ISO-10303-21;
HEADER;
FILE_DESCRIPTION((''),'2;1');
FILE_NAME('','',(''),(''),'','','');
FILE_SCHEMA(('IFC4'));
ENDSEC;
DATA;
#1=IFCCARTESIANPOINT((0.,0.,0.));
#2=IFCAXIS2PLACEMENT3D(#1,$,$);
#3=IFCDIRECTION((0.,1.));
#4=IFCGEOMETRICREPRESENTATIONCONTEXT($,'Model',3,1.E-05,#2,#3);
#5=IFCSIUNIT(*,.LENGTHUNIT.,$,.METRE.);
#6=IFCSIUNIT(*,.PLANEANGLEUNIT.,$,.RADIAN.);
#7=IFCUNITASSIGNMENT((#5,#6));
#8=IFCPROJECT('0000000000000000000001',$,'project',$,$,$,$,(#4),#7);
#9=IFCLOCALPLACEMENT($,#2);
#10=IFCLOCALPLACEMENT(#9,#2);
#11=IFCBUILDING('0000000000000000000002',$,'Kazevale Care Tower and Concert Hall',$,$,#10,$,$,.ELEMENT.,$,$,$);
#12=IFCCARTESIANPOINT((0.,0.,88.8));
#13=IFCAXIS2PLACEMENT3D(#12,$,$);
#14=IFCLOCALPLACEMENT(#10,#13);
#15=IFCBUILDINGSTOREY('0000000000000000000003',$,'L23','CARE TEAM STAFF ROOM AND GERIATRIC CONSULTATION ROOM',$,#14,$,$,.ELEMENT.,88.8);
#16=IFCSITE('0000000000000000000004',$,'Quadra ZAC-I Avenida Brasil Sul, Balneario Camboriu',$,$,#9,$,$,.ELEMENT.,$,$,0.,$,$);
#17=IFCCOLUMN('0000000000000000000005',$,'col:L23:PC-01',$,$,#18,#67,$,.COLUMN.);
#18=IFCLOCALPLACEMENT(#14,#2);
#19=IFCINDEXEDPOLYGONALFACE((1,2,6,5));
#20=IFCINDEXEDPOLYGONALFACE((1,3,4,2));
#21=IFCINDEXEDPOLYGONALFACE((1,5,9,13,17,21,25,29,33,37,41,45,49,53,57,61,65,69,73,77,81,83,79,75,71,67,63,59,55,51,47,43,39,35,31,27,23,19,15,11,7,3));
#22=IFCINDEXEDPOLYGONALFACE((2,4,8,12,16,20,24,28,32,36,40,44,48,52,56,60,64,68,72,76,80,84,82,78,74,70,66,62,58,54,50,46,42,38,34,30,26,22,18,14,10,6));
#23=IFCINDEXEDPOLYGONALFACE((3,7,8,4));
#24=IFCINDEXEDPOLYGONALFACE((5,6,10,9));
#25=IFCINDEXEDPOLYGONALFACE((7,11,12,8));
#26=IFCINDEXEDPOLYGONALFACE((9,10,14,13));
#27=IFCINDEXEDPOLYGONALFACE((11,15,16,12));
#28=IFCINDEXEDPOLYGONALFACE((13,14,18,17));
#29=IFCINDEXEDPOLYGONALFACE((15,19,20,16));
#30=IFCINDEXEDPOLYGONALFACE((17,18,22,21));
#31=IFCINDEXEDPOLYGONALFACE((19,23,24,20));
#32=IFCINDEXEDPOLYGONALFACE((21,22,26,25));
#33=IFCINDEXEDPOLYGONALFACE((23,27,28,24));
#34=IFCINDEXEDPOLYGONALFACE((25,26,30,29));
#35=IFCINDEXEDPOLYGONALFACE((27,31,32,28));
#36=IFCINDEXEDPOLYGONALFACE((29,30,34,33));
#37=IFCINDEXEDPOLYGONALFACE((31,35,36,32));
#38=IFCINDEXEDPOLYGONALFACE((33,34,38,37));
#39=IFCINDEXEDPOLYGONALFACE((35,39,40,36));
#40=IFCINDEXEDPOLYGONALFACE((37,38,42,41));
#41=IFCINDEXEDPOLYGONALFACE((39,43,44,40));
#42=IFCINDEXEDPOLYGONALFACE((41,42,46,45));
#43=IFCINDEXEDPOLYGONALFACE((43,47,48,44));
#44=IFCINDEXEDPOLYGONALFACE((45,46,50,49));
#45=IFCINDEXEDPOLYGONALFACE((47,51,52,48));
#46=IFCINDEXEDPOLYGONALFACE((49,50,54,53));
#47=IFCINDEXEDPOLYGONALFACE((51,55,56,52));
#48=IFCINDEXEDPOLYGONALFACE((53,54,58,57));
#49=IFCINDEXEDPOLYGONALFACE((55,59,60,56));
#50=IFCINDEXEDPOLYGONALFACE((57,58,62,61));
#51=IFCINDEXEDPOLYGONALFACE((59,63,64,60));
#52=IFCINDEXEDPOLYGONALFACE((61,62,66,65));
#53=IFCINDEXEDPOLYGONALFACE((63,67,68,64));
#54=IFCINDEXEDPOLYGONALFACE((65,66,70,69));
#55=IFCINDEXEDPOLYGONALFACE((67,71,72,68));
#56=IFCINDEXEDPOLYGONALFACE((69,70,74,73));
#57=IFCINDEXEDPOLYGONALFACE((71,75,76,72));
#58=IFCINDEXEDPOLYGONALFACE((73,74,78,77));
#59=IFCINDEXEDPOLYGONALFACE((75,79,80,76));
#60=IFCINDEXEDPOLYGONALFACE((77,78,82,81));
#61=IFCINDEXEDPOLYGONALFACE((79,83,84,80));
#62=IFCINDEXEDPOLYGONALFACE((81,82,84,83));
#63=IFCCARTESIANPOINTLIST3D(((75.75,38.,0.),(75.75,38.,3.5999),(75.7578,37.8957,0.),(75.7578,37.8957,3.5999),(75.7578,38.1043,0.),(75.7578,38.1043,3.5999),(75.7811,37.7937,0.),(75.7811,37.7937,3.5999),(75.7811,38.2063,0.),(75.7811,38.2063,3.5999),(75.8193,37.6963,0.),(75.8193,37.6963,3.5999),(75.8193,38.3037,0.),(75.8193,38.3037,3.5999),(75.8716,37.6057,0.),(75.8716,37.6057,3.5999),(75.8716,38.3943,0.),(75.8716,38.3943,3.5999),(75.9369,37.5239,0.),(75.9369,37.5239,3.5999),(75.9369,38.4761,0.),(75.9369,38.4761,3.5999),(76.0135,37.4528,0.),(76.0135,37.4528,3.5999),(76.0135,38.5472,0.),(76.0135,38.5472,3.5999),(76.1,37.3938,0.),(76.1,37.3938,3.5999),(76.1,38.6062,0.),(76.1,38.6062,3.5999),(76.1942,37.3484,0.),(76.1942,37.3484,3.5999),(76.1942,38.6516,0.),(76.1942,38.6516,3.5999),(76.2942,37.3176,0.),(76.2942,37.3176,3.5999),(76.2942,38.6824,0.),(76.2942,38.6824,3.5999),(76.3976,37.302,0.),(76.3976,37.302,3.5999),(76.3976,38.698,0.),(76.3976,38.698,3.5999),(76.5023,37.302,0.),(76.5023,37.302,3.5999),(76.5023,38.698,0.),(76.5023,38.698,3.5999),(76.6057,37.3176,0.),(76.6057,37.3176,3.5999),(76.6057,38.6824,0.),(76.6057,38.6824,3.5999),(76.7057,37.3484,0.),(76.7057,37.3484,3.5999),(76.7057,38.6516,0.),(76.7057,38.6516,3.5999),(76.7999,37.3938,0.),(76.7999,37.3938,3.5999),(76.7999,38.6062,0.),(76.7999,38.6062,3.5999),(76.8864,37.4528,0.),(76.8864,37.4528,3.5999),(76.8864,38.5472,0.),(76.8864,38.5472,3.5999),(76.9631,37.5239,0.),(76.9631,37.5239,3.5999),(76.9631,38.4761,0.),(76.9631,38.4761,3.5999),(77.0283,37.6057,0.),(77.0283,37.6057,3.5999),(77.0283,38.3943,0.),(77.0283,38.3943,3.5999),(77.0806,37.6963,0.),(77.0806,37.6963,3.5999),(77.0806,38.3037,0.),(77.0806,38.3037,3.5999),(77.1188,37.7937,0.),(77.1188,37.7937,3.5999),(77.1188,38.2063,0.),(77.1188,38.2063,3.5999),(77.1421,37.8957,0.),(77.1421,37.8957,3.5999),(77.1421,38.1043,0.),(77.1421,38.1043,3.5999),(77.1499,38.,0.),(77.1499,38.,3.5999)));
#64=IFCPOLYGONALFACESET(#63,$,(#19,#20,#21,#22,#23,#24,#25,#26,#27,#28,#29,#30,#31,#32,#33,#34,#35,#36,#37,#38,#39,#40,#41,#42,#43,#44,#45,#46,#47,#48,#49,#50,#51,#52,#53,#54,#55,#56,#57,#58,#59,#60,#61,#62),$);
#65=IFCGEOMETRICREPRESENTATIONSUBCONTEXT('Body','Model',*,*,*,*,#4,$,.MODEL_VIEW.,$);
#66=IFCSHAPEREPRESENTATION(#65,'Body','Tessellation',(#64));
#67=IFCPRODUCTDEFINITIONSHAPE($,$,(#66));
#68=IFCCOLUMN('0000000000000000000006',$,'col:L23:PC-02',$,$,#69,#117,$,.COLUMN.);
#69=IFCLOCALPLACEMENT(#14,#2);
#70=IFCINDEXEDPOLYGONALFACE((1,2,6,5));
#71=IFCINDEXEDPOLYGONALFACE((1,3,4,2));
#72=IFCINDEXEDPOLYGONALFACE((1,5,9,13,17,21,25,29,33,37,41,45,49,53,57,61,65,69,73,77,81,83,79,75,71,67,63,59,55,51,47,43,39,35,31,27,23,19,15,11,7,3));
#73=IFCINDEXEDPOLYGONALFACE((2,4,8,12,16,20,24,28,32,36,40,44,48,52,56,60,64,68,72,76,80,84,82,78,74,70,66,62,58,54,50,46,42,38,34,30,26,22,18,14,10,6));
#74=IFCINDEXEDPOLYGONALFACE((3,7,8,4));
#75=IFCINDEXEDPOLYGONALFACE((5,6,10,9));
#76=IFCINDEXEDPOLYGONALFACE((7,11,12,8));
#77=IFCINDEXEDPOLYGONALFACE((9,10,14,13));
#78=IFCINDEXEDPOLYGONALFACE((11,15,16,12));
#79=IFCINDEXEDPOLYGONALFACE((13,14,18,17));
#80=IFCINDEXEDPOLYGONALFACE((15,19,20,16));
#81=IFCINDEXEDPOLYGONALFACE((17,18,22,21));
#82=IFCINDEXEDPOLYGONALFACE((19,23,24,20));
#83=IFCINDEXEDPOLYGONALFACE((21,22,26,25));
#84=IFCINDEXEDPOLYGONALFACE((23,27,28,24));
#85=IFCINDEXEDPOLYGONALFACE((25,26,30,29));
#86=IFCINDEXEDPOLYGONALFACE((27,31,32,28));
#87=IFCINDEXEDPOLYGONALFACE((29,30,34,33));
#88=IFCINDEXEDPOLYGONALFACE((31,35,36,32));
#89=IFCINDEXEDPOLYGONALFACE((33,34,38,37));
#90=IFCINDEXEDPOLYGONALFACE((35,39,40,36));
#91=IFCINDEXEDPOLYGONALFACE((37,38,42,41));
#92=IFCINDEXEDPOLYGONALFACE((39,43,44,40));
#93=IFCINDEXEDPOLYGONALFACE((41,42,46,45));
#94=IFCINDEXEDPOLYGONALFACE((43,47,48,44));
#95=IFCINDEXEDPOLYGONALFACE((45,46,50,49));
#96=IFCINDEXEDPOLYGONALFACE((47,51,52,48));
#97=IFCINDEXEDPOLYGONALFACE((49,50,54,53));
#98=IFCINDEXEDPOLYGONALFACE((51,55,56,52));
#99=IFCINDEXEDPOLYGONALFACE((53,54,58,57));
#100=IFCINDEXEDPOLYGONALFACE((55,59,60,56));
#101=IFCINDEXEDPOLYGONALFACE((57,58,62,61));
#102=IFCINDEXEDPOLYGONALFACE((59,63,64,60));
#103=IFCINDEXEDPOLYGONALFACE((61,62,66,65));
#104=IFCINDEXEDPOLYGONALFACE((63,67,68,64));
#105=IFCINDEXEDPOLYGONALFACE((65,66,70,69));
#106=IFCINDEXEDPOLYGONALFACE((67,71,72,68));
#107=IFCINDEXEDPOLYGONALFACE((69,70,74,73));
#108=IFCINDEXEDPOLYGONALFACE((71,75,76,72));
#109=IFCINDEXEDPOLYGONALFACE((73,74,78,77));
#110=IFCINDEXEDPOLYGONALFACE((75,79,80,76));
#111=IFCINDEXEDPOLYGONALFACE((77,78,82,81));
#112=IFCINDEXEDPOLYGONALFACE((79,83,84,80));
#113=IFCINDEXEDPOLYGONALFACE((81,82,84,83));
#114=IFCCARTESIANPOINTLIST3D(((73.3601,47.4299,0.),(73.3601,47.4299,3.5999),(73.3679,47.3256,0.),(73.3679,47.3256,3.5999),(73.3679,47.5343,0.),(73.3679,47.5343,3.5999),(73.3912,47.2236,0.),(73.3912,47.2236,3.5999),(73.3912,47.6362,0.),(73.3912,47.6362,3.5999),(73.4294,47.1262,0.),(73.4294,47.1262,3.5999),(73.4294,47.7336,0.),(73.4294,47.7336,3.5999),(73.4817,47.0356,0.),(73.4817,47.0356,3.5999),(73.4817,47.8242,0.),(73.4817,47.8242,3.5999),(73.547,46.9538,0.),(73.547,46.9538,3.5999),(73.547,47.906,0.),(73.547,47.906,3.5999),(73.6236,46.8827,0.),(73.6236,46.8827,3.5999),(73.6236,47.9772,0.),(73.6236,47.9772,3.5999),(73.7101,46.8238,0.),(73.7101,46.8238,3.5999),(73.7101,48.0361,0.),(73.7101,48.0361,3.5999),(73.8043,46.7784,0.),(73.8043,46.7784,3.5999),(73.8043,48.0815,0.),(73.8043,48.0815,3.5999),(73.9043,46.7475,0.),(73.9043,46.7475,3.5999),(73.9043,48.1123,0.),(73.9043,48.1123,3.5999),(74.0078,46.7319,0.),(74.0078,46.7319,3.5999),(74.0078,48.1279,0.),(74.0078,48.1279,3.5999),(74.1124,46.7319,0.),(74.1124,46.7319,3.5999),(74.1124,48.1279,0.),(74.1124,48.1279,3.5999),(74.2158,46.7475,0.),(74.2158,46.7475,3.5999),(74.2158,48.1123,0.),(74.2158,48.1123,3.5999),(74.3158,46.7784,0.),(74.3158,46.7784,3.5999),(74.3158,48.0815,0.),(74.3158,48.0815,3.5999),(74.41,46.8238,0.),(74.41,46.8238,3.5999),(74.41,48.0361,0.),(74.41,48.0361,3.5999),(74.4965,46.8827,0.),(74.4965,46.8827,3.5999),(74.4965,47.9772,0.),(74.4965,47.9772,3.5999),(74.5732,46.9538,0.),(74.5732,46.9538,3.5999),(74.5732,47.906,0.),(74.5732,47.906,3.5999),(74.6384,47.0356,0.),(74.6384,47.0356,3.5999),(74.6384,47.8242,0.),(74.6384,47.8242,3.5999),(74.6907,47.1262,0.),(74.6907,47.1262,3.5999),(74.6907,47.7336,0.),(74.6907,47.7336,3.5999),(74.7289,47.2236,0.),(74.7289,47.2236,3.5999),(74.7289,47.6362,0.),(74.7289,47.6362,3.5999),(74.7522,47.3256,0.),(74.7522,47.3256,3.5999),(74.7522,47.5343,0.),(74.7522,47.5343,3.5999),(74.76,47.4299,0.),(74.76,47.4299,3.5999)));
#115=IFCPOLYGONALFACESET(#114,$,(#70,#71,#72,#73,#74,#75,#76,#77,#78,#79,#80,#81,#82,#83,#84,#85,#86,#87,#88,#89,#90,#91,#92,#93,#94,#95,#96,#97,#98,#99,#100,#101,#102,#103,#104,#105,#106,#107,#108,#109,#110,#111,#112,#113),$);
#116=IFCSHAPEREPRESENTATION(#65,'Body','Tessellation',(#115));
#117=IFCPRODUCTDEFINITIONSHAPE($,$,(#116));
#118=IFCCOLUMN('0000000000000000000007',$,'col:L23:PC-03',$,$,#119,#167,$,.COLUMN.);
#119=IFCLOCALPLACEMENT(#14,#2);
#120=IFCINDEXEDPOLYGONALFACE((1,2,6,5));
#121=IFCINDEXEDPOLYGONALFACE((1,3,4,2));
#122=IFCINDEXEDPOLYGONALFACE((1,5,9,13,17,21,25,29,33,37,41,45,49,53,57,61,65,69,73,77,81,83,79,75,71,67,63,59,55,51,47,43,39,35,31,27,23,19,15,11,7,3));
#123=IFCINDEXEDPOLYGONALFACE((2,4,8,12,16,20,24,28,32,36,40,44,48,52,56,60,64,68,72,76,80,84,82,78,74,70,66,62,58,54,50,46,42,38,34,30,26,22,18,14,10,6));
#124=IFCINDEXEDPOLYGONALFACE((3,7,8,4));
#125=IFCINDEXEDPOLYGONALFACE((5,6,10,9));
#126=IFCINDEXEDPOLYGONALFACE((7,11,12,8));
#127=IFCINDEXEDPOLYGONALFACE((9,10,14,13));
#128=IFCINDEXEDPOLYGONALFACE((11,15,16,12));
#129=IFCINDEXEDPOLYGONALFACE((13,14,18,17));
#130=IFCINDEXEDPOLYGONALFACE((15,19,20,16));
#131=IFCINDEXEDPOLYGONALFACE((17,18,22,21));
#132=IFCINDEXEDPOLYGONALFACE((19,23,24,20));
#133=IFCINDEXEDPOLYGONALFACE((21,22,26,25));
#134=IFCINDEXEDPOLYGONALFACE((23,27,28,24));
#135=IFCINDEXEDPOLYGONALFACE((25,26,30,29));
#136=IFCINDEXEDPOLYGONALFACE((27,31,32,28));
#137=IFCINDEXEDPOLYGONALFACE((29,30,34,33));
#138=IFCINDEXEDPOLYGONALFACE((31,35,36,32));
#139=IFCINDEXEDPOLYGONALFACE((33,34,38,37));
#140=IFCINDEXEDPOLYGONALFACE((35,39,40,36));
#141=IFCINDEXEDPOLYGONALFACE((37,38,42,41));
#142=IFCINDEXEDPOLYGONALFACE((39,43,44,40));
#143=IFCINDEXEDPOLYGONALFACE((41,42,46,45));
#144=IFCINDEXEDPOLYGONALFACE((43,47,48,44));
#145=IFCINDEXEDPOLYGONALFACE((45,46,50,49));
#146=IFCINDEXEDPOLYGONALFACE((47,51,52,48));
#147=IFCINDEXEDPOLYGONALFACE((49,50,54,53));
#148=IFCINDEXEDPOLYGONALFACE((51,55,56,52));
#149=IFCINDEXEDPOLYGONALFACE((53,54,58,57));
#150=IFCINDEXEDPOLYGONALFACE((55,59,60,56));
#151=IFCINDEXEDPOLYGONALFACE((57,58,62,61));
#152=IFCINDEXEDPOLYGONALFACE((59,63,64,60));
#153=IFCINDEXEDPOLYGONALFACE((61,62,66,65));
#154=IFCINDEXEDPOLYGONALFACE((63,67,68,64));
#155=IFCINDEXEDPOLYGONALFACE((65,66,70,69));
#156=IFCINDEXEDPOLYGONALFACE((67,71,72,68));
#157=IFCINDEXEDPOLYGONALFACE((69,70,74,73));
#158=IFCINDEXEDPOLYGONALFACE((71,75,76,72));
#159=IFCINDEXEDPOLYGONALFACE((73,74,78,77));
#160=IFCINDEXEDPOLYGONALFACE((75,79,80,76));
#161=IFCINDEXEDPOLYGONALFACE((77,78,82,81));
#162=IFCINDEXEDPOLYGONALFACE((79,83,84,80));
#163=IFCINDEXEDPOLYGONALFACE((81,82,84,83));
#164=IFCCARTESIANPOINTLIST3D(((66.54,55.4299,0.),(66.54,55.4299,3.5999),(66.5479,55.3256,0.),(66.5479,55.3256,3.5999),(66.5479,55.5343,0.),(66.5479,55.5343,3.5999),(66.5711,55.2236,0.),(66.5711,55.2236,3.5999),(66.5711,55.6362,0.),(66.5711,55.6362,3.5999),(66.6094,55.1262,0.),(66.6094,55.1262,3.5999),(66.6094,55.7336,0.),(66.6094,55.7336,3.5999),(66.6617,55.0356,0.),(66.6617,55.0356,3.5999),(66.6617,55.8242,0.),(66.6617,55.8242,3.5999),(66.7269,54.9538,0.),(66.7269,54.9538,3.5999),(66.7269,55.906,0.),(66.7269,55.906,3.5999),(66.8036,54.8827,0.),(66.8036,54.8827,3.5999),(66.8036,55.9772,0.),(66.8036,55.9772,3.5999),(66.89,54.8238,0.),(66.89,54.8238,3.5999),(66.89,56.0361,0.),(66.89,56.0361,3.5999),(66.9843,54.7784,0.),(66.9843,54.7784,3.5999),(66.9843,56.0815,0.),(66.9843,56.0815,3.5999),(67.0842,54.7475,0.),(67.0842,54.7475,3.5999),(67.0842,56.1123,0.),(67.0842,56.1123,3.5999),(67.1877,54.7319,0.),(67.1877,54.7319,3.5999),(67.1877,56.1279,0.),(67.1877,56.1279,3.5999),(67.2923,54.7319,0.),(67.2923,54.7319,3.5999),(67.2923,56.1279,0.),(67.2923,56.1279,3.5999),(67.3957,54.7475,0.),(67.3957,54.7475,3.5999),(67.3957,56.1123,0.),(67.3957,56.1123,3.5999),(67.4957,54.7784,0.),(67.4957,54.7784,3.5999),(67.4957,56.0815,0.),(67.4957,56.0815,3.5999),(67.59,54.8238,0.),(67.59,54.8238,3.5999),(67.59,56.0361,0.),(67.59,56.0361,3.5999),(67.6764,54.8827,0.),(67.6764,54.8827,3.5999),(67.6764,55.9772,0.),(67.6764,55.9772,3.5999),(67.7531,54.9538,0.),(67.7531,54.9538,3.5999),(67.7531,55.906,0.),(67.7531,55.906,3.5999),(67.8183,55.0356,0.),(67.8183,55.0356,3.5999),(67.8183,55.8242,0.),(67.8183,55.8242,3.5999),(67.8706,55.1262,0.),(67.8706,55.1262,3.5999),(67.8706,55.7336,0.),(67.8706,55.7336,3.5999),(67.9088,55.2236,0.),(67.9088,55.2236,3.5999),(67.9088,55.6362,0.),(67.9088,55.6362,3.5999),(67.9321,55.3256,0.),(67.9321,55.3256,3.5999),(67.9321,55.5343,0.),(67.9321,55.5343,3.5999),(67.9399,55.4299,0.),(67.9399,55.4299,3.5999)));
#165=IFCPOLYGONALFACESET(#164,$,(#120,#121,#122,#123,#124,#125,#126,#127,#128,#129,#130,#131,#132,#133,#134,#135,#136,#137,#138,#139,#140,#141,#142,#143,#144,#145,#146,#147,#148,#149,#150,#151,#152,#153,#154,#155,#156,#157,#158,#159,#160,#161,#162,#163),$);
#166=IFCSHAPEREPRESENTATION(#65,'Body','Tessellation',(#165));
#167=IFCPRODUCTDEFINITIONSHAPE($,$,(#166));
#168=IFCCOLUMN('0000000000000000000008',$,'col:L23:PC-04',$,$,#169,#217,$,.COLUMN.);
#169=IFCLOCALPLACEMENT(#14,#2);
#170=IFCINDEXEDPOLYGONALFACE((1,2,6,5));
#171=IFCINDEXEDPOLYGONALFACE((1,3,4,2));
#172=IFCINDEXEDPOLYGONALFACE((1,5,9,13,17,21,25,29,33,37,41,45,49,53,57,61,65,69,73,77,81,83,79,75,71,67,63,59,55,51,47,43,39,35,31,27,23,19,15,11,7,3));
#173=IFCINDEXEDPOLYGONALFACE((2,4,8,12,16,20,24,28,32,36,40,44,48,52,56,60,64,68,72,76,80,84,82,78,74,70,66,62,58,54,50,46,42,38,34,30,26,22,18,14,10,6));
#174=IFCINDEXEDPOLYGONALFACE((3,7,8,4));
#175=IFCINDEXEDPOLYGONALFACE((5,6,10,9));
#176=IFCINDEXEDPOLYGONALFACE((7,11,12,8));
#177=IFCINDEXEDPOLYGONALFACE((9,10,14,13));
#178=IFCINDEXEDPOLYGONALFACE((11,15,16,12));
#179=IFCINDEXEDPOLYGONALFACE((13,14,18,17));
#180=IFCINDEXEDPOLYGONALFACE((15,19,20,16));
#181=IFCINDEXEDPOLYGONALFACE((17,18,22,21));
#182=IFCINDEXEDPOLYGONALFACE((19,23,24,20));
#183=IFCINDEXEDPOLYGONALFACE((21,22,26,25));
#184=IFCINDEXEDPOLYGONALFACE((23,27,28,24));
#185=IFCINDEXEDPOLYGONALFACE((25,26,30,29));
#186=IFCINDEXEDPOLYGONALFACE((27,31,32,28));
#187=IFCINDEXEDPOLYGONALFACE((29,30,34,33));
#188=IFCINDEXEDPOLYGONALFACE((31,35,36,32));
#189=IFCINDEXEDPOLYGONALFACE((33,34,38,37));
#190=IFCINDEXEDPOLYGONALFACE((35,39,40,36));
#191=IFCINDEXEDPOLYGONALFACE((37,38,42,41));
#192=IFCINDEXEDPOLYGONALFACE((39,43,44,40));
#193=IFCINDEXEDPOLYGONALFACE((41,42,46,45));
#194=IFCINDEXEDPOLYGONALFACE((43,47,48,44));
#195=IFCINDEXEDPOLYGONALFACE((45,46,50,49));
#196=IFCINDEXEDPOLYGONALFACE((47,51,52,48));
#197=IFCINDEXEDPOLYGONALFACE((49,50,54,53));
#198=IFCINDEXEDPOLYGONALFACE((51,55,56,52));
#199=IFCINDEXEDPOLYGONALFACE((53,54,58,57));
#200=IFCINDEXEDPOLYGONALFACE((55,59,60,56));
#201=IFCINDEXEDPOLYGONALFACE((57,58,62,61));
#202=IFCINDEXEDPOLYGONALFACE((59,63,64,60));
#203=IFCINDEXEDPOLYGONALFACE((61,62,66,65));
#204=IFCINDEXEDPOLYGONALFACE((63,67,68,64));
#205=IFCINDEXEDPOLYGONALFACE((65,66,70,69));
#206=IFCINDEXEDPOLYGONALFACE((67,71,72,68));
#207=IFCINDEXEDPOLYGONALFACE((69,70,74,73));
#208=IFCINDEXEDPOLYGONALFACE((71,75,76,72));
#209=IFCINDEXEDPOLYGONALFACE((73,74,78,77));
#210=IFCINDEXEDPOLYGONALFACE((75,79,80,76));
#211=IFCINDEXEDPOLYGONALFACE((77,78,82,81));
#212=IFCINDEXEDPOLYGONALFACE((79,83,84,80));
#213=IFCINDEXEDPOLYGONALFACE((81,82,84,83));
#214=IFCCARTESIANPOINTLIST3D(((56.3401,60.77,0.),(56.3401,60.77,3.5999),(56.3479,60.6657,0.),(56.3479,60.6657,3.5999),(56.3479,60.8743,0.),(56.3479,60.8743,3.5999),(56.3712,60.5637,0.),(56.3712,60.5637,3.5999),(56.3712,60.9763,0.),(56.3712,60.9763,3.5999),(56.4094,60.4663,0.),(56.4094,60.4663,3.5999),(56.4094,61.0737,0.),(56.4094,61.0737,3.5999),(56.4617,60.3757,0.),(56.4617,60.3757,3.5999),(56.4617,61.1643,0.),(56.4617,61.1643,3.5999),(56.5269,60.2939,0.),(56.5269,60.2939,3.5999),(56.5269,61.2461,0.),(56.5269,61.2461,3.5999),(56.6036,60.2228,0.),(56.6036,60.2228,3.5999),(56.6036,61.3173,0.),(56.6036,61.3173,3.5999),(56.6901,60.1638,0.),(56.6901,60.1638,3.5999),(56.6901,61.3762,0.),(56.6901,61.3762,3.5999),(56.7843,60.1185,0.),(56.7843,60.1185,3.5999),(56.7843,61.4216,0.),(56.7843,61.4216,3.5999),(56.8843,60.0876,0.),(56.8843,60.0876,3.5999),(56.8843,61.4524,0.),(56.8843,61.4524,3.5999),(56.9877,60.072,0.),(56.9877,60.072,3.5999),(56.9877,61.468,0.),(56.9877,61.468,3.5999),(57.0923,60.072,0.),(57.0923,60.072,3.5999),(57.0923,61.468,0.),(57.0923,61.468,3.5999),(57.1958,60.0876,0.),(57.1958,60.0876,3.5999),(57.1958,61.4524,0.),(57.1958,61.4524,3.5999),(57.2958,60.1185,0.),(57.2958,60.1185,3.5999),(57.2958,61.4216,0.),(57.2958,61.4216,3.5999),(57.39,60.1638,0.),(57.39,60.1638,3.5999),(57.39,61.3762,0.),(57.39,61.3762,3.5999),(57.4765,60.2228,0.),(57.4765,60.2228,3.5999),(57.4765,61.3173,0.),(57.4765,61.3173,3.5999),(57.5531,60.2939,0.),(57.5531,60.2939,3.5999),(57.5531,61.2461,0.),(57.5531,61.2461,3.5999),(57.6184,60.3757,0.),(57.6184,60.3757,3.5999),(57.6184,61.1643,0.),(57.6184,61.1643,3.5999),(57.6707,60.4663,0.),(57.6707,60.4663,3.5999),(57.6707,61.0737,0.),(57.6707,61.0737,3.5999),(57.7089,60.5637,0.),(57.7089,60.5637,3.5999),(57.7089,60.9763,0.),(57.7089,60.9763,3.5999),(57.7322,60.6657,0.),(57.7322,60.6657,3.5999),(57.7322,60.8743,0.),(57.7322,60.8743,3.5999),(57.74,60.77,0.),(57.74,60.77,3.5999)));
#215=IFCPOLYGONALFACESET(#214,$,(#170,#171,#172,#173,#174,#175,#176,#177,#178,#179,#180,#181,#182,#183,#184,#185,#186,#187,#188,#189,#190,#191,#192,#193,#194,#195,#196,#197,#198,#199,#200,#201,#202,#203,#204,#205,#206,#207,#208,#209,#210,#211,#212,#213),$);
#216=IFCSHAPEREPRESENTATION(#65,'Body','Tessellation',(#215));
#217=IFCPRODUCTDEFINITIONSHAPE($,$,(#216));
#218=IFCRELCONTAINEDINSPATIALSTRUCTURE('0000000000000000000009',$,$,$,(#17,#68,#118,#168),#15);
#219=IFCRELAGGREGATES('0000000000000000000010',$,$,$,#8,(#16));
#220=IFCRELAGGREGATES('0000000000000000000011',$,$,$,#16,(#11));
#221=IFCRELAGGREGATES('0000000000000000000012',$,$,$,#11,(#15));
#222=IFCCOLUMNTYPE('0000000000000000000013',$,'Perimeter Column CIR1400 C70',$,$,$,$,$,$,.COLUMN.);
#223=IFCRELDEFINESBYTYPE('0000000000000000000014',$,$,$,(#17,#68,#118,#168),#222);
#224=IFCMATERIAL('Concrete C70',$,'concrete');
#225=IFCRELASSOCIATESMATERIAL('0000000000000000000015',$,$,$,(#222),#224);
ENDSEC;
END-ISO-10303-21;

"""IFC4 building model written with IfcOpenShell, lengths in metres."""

from ifc_helpers import new_model, si_unit, direction, frame, origin, origin_2d, place, context, subcontext, project, spatial, circle, extrude, material, material_profile, profile_set, type_object, element, save


model = new_model("IFC4")

# Units and contexts
model_context = context("Model", 3, precision=1e-05, world=origin(), true_north=direction((0.0, 1.0)))
body_context = subcontext(model_context, "Body", "Model", "MODEL_VIEW")
ifc_project = project(units=[si_unit("LENGTHUNIT", "METRE"), si_unit("PLANEANGLEUNIT", "RADIAN")], contexts=[model_context])

# Site, building, storey
site_placement = place(None, origin())
site = spatial("IfcSite", under=ifc_project, at=site_placement, Name="Quadra ZAC-I Avenida Brasil Sul, Balneario Camboriu", CompositionType="ELEMENT", RefElevation=0.0)
building_placement = place(site_placement, origin())
building = spatial("IfcBuilding", under=site, at=building_placement, Name="Kazevale Care Tower and Concert Hall", CompositionType="ELEMENT")
storey_placement = place(building_placement, frame((0.0, 0.0, 88.8)))
storey = spatial("IfcBuildingStorey", under=building, at=storey_placement, Name="L23", Description="CARE TEAM STAFF ROOM AND GERIATRIC CONSULTATION ROOM", CompositionType="ELEMENT", Elevation=88.8)

# Columns
ifc_material_1 = material(Name="Concrete C70", Category="concrete")
ifc_material_profile_1 = material_profile(ifc_material_1, circle(Radius=0.7, at=origin_2d()), Name="RC-CIR1400")
ifc_profile_set_1 = profile_set([ifc_material_profile_1], Name="Concrete C70")
column_type = type_object("IfcColumnType", Name="Perimeter Column CIR1400 C70", PredefinedType="COLUMN", material=ifc_profile_set_1)
for number, where, z_axis, x_axis, name in (
    (1, (76.45, 38.0, 0.0), (0.0, 0.0, 1.0), (1.0, 0.0, 0.0), "col:L23:PC-01"),
    (2, (74.0601, 47.4299, 0.0), (0.0, 0.0, 1.0), (1.0, 0.0, 0.0), "col:L23:PC-02"),
    (3, (67.24, 55.4299, 0.0), (0.0, 0.0, 1.0), (1.0, 0.0, 0.0), "col:L23:PC-03"),
    (4, (57.04, 60.77, 0.0), (0.0, 0.0, 1.0), (1.0, 0.0, 0.0), "col:L23:PC-04"),
):
    element("IfcColumn", number, at=place(storey_placement, frame(where, z_axis=z_axis, x_axis=x_axis)), inside=storey, type_object=column_type, Name=name, PredefinedType="COLUMN", context=body_context, shape_type="SweptSolid", body=[
        extrude(circle(Radius=0.7, at=origin_2d()), origin(), (0.0, 0.0, 1.0), 3.5999),
    ])

save(model, "model.ifc")
